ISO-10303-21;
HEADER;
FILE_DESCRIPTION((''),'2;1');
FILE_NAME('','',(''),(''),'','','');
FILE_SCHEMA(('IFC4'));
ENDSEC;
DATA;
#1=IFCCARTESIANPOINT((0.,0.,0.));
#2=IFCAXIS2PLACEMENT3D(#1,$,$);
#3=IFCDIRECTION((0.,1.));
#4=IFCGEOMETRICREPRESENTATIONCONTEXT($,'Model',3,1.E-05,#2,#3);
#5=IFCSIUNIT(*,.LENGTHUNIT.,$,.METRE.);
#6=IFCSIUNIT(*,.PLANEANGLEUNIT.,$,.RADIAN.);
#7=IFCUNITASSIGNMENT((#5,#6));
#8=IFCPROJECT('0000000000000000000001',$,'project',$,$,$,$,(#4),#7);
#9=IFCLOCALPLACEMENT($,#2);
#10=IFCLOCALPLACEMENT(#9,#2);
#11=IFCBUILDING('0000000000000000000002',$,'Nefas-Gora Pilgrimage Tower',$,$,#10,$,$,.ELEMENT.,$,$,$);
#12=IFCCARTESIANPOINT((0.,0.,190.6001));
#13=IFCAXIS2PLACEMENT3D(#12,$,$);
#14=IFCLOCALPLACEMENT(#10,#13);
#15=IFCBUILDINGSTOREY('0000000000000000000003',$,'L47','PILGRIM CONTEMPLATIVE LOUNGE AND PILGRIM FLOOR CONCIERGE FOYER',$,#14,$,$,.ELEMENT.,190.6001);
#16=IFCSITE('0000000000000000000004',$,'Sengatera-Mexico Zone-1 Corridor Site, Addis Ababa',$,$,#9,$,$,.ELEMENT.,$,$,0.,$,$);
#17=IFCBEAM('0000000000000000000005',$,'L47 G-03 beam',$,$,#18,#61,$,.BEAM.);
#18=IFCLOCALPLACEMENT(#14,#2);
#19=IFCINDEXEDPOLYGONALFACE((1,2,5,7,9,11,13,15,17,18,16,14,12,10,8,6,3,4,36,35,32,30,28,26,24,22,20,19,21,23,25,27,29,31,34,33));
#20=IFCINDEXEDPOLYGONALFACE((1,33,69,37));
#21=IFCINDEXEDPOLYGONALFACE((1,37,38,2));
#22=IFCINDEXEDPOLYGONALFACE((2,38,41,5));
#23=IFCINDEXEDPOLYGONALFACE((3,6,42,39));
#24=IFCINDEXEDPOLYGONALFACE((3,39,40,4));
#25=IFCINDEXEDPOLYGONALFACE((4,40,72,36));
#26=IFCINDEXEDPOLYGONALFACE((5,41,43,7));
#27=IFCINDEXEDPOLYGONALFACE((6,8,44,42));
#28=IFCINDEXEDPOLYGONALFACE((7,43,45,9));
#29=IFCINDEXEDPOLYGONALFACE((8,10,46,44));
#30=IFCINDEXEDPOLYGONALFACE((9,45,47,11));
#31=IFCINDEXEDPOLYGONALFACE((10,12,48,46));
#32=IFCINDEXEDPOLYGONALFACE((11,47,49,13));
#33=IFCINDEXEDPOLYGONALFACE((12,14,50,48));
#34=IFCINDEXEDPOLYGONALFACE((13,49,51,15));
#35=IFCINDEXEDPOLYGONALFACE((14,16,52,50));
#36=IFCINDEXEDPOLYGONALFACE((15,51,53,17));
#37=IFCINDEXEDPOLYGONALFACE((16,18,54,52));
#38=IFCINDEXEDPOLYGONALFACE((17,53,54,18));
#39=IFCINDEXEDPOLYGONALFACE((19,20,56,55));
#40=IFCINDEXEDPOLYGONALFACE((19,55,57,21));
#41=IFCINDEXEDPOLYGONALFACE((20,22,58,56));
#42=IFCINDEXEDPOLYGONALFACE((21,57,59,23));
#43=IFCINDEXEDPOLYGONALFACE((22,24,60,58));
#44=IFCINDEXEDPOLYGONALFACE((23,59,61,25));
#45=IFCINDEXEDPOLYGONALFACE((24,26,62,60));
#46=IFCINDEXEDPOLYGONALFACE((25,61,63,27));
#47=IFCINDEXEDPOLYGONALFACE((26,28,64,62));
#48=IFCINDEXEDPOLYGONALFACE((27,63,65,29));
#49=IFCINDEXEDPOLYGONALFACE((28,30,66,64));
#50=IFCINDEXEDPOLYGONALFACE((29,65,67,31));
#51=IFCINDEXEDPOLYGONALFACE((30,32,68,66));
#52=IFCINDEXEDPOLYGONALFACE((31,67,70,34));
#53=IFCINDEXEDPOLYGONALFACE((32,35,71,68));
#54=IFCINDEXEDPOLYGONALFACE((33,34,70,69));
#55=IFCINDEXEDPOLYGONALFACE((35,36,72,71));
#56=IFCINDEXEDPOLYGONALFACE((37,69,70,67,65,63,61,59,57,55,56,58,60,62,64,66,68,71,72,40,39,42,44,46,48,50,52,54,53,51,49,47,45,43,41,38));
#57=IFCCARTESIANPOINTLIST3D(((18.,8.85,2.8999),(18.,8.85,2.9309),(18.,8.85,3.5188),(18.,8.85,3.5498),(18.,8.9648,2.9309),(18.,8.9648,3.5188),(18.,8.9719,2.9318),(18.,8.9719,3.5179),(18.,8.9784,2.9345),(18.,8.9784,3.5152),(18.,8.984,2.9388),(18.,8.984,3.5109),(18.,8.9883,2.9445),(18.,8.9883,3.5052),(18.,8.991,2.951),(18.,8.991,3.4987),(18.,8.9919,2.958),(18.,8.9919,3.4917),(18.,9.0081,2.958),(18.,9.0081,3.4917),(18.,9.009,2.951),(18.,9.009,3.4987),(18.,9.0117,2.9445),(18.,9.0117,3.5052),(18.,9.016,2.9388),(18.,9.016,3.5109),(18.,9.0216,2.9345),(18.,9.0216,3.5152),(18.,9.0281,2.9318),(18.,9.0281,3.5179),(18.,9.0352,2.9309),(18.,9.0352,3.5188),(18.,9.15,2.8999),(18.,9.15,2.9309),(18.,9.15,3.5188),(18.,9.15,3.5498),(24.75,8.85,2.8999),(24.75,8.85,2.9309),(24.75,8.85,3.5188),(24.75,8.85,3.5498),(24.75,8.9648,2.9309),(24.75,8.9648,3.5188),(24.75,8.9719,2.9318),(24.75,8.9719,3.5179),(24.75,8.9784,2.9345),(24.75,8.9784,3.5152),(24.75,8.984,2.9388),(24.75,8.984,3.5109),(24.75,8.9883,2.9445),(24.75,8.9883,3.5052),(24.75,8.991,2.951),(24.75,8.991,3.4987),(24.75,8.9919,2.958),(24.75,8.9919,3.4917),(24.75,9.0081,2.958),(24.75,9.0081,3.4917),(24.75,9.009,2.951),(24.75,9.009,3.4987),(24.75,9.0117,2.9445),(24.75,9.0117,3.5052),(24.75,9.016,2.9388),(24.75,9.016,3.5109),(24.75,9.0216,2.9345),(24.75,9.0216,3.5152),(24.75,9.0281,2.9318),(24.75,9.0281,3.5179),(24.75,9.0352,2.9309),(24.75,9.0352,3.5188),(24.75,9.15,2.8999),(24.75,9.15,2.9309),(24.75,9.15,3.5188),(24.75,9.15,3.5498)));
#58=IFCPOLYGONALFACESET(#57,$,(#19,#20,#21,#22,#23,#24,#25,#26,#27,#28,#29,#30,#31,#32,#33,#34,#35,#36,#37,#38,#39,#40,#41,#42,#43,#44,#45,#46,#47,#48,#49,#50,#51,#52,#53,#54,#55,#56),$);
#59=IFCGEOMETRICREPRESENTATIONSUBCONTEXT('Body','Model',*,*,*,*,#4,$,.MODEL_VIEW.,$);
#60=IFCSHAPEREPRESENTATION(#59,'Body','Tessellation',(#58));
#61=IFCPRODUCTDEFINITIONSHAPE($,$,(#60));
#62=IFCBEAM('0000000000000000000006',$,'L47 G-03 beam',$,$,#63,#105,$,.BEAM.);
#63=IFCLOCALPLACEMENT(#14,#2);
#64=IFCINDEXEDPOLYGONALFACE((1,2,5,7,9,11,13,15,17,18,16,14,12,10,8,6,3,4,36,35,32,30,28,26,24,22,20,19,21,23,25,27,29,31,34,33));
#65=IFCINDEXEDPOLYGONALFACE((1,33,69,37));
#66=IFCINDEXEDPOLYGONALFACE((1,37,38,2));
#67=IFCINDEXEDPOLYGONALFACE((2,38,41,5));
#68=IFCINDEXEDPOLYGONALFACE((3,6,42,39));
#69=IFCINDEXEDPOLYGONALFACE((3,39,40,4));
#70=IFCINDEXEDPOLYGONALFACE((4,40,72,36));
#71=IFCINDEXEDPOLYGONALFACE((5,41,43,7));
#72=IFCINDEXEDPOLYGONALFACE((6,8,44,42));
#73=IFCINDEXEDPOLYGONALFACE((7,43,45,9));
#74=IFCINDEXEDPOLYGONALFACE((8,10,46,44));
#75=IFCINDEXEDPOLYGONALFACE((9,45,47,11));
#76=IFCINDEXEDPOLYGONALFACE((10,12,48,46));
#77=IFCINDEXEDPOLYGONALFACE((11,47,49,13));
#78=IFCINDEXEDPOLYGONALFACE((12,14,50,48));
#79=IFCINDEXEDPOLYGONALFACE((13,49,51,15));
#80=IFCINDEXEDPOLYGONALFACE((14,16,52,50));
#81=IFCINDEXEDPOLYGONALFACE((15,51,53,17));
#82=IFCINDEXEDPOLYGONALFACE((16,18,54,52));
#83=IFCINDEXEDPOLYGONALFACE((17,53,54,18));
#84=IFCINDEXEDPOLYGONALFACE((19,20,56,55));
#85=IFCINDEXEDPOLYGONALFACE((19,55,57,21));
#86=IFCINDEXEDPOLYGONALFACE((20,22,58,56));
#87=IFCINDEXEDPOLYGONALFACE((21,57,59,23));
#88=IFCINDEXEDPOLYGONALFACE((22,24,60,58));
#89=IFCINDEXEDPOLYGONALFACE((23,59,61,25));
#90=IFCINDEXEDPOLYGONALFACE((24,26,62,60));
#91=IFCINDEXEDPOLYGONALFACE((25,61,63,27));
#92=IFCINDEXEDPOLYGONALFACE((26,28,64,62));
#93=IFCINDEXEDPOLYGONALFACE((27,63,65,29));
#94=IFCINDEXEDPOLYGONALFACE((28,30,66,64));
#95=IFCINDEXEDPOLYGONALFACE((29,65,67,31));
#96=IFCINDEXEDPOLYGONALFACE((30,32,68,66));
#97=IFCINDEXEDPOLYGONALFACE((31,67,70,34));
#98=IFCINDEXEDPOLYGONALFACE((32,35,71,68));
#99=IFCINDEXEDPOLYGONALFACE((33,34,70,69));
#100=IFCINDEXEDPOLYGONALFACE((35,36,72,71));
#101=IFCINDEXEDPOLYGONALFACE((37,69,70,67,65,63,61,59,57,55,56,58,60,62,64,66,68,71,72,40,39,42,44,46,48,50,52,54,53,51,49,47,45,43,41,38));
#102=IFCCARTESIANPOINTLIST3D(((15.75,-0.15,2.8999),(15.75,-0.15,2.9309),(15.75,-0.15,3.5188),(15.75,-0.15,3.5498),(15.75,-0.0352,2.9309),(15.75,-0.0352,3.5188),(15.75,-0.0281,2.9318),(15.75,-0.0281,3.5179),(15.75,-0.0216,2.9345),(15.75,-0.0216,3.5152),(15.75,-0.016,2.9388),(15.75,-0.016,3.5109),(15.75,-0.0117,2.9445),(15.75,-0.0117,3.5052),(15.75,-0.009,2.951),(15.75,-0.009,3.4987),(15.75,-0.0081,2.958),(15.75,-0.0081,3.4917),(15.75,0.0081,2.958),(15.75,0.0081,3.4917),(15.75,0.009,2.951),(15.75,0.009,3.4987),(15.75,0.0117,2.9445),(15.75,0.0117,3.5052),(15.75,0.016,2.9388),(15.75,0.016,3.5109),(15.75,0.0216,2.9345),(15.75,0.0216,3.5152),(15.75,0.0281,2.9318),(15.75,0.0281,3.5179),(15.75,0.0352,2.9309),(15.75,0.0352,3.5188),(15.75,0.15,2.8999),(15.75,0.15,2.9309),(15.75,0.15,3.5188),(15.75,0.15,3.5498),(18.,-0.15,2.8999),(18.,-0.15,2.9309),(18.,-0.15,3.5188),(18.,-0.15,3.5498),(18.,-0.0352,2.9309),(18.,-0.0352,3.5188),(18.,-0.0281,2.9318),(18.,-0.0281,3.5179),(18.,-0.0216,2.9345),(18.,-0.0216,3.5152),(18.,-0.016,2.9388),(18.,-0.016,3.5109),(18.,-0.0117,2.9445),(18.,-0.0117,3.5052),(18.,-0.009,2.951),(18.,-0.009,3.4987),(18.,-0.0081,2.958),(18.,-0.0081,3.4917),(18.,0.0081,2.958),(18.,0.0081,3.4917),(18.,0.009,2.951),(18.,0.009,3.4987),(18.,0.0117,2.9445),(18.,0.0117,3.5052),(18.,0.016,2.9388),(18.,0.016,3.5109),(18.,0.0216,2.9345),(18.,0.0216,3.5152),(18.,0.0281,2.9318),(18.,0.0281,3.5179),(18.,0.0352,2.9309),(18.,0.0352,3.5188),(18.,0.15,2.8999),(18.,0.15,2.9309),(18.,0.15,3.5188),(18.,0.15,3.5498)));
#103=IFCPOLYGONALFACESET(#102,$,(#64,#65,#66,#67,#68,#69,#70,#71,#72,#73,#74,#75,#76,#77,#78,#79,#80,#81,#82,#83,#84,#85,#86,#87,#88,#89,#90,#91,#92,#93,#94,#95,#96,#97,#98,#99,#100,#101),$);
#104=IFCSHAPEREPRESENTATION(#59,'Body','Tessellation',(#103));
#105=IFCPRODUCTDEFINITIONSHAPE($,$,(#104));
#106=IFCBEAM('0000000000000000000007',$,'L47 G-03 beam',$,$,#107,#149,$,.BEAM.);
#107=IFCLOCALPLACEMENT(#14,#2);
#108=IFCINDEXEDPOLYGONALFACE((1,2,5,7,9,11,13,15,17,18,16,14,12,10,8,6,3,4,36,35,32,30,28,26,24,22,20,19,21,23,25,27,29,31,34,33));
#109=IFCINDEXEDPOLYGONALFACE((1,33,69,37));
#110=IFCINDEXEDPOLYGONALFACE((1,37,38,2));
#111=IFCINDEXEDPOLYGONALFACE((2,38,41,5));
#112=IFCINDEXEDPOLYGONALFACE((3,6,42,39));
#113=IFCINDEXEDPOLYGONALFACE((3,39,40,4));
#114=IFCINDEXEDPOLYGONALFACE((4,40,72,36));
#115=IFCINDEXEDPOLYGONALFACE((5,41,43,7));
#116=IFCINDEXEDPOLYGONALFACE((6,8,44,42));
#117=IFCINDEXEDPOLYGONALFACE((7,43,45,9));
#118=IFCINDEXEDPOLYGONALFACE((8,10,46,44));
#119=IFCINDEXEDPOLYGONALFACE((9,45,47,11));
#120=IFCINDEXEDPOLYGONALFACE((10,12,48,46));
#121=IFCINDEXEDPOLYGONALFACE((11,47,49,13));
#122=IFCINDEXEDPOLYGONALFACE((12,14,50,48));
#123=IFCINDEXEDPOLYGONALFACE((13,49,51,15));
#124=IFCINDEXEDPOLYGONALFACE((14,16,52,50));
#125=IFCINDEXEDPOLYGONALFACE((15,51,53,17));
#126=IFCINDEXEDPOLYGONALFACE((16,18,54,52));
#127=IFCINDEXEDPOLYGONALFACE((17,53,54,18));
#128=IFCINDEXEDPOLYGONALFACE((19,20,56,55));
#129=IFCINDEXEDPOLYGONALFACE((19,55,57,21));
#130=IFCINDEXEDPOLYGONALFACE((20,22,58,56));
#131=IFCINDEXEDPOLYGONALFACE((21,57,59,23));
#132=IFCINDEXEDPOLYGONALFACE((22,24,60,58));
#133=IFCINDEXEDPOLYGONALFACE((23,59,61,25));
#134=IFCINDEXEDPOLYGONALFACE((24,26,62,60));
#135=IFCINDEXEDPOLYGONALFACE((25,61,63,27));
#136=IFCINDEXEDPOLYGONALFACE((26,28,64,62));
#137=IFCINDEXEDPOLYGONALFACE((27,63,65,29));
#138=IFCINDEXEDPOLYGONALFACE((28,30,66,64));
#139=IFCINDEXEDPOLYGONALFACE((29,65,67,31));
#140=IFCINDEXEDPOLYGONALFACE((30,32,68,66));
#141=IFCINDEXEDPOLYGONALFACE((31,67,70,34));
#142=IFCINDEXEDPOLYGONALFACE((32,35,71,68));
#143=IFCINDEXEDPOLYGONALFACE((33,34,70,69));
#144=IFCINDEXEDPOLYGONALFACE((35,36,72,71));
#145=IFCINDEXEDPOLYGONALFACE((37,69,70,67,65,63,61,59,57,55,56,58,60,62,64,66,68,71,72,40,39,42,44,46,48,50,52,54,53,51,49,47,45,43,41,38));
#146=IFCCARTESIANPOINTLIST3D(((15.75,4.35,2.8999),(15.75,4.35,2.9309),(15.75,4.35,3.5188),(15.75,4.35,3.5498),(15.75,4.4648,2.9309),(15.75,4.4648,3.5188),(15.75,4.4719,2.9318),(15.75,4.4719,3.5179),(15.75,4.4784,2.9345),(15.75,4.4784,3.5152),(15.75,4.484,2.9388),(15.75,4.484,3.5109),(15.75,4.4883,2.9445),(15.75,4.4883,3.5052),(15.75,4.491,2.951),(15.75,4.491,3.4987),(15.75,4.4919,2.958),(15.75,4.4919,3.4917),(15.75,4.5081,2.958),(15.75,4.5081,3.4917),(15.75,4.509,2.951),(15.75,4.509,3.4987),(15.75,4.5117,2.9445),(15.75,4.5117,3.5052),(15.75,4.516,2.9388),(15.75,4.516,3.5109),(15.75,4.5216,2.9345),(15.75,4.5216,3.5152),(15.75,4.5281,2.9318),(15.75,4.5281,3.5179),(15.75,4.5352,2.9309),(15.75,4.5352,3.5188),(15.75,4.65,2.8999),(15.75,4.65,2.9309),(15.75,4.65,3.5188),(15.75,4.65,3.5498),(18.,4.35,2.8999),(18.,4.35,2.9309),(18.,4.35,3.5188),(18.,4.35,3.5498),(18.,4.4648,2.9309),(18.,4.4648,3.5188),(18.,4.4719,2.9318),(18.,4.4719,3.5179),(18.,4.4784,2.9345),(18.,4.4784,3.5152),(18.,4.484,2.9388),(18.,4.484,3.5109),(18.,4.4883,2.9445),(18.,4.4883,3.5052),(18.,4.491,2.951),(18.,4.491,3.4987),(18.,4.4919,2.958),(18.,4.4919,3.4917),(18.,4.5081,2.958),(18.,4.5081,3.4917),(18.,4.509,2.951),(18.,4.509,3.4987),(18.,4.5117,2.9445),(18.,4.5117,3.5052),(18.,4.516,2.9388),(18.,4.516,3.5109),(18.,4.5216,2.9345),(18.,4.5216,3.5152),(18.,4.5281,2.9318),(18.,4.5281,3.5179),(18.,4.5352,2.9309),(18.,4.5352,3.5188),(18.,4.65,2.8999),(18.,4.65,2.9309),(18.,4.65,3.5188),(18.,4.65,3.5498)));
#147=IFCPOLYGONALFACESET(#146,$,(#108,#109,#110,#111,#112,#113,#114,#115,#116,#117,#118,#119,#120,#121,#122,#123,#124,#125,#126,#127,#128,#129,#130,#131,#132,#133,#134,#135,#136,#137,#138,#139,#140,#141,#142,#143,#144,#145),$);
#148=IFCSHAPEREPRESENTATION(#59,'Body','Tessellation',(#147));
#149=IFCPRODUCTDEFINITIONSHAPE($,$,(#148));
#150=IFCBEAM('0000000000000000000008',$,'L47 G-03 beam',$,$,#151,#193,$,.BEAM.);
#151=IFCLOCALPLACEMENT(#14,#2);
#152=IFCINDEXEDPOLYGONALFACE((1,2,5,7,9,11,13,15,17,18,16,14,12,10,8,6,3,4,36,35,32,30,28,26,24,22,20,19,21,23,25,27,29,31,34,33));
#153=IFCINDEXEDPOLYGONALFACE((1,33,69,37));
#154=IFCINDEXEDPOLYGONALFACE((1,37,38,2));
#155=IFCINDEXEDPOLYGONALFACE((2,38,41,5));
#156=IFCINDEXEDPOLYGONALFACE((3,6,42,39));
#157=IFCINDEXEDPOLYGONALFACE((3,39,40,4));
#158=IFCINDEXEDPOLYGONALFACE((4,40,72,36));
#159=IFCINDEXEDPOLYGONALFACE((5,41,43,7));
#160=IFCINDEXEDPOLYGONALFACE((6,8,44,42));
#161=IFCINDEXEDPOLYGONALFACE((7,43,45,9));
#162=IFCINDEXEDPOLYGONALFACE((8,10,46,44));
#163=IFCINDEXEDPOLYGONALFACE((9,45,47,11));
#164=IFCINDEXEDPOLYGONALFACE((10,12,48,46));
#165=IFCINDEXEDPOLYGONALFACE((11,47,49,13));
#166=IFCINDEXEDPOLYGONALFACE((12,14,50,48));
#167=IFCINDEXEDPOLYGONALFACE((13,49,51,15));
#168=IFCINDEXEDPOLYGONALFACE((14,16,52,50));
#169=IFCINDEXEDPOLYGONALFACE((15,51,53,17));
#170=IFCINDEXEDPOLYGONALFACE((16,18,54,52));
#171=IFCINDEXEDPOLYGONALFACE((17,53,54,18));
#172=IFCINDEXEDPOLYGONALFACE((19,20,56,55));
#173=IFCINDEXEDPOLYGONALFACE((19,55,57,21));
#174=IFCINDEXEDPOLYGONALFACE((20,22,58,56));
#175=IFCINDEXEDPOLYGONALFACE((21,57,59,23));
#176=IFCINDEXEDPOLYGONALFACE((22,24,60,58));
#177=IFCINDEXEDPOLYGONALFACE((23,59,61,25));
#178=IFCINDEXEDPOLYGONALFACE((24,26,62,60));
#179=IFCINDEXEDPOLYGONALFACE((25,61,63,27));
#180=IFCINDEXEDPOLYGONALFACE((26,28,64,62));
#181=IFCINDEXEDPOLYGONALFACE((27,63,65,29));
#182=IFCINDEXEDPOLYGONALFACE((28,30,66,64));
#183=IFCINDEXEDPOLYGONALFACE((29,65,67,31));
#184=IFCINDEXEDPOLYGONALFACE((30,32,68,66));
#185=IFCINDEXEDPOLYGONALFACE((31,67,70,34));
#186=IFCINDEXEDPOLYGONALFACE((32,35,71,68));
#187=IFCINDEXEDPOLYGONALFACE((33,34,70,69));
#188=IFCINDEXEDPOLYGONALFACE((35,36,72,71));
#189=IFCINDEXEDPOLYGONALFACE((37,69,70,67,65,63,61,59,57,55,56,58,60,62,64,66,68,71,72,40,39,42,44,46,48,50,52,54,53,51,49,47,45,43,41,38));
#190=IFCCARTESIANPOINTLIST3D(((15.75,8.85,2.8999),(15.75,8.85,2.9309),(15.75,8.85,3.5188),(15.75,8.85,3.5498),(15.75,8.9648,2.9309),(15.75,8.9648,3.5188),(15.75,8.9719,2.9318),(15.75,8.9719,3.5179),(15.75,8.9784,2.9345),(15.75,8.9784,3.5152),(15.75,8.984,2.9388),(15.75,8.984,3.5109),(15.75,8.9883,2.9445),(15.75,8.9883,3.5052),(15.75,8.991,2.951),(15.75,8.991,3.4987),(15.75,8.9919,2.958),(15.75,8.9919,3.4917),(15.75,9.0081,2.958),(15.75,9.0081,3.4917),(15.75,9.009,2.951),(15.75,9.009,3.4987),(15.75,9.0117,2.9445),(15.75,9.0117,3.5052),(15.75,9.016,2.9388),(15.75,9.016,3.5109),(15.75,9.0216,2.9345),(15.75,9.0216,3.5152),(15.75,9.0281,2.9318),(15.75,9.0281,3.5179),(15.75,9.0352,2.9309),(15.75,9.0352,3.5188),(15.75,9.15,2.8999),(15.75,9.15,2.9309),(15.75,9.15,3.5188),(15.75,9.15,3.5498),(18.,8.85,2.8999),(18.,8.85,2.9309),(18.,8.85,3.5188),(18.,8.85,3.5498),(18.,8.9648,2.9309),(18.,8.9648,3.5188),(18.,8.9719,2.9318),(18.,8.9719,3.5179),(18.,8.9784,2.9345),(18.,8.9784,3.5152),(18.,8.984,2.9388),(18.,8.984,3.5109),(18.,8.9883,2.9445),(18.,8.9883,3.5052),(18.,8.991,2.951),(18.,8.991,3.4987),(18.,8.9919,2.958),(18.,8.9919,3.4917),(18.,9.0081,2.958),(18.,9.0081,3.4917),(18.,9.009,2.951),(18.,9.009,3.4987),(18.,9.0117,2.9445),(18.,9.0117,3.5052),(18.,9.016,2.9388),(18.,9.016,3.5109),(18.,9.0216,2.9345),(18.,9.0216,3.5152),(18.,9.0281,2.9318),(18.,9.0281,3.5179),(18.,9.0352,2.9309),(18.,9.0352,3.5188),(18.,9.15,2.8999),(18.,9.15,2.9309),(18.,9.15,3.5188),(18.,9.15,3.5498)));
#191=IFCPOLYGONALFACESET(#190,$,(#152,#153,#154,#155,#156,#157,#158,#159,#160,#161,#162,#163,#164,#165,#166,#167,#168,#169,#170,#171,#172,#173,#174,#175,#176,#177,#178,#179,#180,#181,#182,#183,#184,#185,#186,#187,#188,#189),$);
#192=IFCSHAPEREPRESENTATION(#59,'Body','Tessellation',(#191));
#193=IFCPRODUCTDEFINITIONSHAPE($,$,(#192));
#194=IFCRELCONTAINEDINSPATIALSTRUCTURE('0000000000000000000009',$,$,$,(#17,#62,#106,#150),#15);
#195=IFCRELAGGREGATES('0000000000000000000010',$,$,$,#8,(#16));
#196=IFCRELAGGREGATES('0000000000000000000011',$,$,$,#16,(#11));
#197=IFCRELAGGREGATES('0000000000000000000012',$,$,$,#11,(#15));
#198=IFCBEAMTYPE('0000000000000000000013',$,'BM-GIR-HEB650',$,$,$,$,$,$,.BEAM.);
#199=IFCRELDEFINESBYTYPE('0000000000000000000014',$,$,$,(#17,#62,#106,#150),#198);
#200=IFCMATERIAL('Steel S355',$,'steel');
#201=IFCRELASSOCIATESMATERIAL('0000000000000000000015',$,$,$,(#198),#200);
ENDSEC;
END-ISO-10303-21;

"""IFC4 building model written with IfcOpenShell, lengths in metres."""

from ifc_helpers import new_model, si_unit, direction, frame, origin, origin_2d, place, context, subcontext, project, spatial, i_section, extrude, source, transform, mapped, material, material_profile, profile_set, type_object, element, save


model = new_model("IFC4")

# Units and contexts
model_context = context("Model", 3, precision=1e-05, world=origin(), true_north=direction((0.0, 1.0)))
body_context = subcontext(model_context, "Body", "Model", "MODEL_VIEW")
ifc_project = project(units=[si_unit("LENGTHUNIT", "METRE"), si_unit("PLANEANGLEUNIT", "RADIAN")], contexts=[model_context])

# Site, building, storey
site_placement = place(None, origin())
site = spatial("IfcSite", under=ifc_project, at=site_placement, Name="Sengatera-Mexico Zone-1 Corridor Site, Addis Ababa", CompositionType="ELEMENT", RefElevation=0.0)
building_placement = place(site_placement, origin())
building = spatial("IfcBuilding", under=site, at=building_placement, Name="Nefas-Gora Pilgrimage Tower", CompositionType="ELEMENT")
storey_placement = place(building_placement, frame((0.0, 0.0, 190.6001)))
storey = spatial("IfcBuildingStorey", under=building, at=storey_placement, Name="L47", Description="PILGRIM CONTEMPLATIVE LOUNGE AND PILGRIM FLOOR CONCIERGE FOYER", CompositionType="ELEMENT", Elevation=190.6001)

# Beams
ifc_material_1 = material(Name="Steel S355", Category="steel")
ifc_material_profile_1 = material_profile(ifc_material_1, i_section(OverallWidth=0.3, OverallDepth=0.6499, WebThickness=0.0161, FlangeThickness=0.031, FilletRadius=0.0271, at=origin_2d()), Name="HEB 650")
ifc_profile_set_1 = profile_set([ifc_material_profile_1], Name="Steel S355")
beam_type_1 = type_object("IfcBeamType", Name="BM-GIR-HEB650", PredefinedType="BEAM", material=ifc_profile_set_1)
shared_shape_1 = source(origin(), body_context, "Body", "SweptSolid", [
    extrude(i_section(OverallWidth=0.3, OverallDepth=0.6499, WebThickness=0.0161, FlangeThickness=0.031, FilletRadius=0.0271, at=origin_2d()), origin(), (0.0, 0.0, 1.0), 6.75),
])
for number, where, z_axis, x_axis, name in (
    (1, (18.0, 9.0, 3.2249), (1.0, 0.0, 0.0), (0.0, 1.0, 0.0), "L47 G-03 beam"),
):
    element("IfcBeam", number, at=place(storey_placement, frame(where, z_axis=z_axis, x_axis=x_axis)), inside=storey, type_object=beam_type_1, Name=name, PredefinedType="BEAM", context=body_context, shape_type="MappedRepresentation", body=[
        mapped(shared_shape_1, transform((0.0, 0.0, 0.0), x_axis=(1.0, 0.0, 0.0), y_axis=(0.0, 1.0, 0.0), z_axis=(0.0, 0.0, 1.0), scale=1.0)),
    ])
shared_shape_2 = source(origin(), body_context, "Body", "SweptSolid", [
    extrude(i_section(OverallWidth=0.3, OverallDepth=0.6499, WebThickness=0.0161, FlangeThickness=0.031, FilletRadius=0.0271, at=origin_2d()), origin(), (0.0, 0.0, 1.0), 2.25),
])
for number, where, z_axis, x_axis, name in (
    (2, (15.75, 0.0, 3.2249), (1.0, 0.0, 0.0), (0.0, 1.0, 0.0), "L47 G-03 beam"),
    (3, (15.75, 4.5, 3.2249), (1.0, 0.0, 0.0), (0.0, 1.0, 0.0), "L47 G-03 beam"),
    (4, (15.75, 9.0, 3.2249), (1.0, 0.0, 0.0), (0.0, 1.0, 0.0), "L47 G-03 beam"),
):
    element("IfcBeam", number, at=place(storey_placement, frame(where, z_axis=z_axis, x_axis=x_axis)), inside=storey, type_object=beam_type_1, Name=name, PredefinedType="BEAM", context=body_context, shape_type="MappedRepresentation", body=[
        mapped(shared_shape_2, transform((0.0, 0.0, 0.0), x_axis=(1.0, 0.0, 0.0), y_axis=(0.0, 1.0, 0.0), z_axis=(0.0, 0.0, 1.0), scale=1.0)),
    ])

save(model, "model.ifc")
